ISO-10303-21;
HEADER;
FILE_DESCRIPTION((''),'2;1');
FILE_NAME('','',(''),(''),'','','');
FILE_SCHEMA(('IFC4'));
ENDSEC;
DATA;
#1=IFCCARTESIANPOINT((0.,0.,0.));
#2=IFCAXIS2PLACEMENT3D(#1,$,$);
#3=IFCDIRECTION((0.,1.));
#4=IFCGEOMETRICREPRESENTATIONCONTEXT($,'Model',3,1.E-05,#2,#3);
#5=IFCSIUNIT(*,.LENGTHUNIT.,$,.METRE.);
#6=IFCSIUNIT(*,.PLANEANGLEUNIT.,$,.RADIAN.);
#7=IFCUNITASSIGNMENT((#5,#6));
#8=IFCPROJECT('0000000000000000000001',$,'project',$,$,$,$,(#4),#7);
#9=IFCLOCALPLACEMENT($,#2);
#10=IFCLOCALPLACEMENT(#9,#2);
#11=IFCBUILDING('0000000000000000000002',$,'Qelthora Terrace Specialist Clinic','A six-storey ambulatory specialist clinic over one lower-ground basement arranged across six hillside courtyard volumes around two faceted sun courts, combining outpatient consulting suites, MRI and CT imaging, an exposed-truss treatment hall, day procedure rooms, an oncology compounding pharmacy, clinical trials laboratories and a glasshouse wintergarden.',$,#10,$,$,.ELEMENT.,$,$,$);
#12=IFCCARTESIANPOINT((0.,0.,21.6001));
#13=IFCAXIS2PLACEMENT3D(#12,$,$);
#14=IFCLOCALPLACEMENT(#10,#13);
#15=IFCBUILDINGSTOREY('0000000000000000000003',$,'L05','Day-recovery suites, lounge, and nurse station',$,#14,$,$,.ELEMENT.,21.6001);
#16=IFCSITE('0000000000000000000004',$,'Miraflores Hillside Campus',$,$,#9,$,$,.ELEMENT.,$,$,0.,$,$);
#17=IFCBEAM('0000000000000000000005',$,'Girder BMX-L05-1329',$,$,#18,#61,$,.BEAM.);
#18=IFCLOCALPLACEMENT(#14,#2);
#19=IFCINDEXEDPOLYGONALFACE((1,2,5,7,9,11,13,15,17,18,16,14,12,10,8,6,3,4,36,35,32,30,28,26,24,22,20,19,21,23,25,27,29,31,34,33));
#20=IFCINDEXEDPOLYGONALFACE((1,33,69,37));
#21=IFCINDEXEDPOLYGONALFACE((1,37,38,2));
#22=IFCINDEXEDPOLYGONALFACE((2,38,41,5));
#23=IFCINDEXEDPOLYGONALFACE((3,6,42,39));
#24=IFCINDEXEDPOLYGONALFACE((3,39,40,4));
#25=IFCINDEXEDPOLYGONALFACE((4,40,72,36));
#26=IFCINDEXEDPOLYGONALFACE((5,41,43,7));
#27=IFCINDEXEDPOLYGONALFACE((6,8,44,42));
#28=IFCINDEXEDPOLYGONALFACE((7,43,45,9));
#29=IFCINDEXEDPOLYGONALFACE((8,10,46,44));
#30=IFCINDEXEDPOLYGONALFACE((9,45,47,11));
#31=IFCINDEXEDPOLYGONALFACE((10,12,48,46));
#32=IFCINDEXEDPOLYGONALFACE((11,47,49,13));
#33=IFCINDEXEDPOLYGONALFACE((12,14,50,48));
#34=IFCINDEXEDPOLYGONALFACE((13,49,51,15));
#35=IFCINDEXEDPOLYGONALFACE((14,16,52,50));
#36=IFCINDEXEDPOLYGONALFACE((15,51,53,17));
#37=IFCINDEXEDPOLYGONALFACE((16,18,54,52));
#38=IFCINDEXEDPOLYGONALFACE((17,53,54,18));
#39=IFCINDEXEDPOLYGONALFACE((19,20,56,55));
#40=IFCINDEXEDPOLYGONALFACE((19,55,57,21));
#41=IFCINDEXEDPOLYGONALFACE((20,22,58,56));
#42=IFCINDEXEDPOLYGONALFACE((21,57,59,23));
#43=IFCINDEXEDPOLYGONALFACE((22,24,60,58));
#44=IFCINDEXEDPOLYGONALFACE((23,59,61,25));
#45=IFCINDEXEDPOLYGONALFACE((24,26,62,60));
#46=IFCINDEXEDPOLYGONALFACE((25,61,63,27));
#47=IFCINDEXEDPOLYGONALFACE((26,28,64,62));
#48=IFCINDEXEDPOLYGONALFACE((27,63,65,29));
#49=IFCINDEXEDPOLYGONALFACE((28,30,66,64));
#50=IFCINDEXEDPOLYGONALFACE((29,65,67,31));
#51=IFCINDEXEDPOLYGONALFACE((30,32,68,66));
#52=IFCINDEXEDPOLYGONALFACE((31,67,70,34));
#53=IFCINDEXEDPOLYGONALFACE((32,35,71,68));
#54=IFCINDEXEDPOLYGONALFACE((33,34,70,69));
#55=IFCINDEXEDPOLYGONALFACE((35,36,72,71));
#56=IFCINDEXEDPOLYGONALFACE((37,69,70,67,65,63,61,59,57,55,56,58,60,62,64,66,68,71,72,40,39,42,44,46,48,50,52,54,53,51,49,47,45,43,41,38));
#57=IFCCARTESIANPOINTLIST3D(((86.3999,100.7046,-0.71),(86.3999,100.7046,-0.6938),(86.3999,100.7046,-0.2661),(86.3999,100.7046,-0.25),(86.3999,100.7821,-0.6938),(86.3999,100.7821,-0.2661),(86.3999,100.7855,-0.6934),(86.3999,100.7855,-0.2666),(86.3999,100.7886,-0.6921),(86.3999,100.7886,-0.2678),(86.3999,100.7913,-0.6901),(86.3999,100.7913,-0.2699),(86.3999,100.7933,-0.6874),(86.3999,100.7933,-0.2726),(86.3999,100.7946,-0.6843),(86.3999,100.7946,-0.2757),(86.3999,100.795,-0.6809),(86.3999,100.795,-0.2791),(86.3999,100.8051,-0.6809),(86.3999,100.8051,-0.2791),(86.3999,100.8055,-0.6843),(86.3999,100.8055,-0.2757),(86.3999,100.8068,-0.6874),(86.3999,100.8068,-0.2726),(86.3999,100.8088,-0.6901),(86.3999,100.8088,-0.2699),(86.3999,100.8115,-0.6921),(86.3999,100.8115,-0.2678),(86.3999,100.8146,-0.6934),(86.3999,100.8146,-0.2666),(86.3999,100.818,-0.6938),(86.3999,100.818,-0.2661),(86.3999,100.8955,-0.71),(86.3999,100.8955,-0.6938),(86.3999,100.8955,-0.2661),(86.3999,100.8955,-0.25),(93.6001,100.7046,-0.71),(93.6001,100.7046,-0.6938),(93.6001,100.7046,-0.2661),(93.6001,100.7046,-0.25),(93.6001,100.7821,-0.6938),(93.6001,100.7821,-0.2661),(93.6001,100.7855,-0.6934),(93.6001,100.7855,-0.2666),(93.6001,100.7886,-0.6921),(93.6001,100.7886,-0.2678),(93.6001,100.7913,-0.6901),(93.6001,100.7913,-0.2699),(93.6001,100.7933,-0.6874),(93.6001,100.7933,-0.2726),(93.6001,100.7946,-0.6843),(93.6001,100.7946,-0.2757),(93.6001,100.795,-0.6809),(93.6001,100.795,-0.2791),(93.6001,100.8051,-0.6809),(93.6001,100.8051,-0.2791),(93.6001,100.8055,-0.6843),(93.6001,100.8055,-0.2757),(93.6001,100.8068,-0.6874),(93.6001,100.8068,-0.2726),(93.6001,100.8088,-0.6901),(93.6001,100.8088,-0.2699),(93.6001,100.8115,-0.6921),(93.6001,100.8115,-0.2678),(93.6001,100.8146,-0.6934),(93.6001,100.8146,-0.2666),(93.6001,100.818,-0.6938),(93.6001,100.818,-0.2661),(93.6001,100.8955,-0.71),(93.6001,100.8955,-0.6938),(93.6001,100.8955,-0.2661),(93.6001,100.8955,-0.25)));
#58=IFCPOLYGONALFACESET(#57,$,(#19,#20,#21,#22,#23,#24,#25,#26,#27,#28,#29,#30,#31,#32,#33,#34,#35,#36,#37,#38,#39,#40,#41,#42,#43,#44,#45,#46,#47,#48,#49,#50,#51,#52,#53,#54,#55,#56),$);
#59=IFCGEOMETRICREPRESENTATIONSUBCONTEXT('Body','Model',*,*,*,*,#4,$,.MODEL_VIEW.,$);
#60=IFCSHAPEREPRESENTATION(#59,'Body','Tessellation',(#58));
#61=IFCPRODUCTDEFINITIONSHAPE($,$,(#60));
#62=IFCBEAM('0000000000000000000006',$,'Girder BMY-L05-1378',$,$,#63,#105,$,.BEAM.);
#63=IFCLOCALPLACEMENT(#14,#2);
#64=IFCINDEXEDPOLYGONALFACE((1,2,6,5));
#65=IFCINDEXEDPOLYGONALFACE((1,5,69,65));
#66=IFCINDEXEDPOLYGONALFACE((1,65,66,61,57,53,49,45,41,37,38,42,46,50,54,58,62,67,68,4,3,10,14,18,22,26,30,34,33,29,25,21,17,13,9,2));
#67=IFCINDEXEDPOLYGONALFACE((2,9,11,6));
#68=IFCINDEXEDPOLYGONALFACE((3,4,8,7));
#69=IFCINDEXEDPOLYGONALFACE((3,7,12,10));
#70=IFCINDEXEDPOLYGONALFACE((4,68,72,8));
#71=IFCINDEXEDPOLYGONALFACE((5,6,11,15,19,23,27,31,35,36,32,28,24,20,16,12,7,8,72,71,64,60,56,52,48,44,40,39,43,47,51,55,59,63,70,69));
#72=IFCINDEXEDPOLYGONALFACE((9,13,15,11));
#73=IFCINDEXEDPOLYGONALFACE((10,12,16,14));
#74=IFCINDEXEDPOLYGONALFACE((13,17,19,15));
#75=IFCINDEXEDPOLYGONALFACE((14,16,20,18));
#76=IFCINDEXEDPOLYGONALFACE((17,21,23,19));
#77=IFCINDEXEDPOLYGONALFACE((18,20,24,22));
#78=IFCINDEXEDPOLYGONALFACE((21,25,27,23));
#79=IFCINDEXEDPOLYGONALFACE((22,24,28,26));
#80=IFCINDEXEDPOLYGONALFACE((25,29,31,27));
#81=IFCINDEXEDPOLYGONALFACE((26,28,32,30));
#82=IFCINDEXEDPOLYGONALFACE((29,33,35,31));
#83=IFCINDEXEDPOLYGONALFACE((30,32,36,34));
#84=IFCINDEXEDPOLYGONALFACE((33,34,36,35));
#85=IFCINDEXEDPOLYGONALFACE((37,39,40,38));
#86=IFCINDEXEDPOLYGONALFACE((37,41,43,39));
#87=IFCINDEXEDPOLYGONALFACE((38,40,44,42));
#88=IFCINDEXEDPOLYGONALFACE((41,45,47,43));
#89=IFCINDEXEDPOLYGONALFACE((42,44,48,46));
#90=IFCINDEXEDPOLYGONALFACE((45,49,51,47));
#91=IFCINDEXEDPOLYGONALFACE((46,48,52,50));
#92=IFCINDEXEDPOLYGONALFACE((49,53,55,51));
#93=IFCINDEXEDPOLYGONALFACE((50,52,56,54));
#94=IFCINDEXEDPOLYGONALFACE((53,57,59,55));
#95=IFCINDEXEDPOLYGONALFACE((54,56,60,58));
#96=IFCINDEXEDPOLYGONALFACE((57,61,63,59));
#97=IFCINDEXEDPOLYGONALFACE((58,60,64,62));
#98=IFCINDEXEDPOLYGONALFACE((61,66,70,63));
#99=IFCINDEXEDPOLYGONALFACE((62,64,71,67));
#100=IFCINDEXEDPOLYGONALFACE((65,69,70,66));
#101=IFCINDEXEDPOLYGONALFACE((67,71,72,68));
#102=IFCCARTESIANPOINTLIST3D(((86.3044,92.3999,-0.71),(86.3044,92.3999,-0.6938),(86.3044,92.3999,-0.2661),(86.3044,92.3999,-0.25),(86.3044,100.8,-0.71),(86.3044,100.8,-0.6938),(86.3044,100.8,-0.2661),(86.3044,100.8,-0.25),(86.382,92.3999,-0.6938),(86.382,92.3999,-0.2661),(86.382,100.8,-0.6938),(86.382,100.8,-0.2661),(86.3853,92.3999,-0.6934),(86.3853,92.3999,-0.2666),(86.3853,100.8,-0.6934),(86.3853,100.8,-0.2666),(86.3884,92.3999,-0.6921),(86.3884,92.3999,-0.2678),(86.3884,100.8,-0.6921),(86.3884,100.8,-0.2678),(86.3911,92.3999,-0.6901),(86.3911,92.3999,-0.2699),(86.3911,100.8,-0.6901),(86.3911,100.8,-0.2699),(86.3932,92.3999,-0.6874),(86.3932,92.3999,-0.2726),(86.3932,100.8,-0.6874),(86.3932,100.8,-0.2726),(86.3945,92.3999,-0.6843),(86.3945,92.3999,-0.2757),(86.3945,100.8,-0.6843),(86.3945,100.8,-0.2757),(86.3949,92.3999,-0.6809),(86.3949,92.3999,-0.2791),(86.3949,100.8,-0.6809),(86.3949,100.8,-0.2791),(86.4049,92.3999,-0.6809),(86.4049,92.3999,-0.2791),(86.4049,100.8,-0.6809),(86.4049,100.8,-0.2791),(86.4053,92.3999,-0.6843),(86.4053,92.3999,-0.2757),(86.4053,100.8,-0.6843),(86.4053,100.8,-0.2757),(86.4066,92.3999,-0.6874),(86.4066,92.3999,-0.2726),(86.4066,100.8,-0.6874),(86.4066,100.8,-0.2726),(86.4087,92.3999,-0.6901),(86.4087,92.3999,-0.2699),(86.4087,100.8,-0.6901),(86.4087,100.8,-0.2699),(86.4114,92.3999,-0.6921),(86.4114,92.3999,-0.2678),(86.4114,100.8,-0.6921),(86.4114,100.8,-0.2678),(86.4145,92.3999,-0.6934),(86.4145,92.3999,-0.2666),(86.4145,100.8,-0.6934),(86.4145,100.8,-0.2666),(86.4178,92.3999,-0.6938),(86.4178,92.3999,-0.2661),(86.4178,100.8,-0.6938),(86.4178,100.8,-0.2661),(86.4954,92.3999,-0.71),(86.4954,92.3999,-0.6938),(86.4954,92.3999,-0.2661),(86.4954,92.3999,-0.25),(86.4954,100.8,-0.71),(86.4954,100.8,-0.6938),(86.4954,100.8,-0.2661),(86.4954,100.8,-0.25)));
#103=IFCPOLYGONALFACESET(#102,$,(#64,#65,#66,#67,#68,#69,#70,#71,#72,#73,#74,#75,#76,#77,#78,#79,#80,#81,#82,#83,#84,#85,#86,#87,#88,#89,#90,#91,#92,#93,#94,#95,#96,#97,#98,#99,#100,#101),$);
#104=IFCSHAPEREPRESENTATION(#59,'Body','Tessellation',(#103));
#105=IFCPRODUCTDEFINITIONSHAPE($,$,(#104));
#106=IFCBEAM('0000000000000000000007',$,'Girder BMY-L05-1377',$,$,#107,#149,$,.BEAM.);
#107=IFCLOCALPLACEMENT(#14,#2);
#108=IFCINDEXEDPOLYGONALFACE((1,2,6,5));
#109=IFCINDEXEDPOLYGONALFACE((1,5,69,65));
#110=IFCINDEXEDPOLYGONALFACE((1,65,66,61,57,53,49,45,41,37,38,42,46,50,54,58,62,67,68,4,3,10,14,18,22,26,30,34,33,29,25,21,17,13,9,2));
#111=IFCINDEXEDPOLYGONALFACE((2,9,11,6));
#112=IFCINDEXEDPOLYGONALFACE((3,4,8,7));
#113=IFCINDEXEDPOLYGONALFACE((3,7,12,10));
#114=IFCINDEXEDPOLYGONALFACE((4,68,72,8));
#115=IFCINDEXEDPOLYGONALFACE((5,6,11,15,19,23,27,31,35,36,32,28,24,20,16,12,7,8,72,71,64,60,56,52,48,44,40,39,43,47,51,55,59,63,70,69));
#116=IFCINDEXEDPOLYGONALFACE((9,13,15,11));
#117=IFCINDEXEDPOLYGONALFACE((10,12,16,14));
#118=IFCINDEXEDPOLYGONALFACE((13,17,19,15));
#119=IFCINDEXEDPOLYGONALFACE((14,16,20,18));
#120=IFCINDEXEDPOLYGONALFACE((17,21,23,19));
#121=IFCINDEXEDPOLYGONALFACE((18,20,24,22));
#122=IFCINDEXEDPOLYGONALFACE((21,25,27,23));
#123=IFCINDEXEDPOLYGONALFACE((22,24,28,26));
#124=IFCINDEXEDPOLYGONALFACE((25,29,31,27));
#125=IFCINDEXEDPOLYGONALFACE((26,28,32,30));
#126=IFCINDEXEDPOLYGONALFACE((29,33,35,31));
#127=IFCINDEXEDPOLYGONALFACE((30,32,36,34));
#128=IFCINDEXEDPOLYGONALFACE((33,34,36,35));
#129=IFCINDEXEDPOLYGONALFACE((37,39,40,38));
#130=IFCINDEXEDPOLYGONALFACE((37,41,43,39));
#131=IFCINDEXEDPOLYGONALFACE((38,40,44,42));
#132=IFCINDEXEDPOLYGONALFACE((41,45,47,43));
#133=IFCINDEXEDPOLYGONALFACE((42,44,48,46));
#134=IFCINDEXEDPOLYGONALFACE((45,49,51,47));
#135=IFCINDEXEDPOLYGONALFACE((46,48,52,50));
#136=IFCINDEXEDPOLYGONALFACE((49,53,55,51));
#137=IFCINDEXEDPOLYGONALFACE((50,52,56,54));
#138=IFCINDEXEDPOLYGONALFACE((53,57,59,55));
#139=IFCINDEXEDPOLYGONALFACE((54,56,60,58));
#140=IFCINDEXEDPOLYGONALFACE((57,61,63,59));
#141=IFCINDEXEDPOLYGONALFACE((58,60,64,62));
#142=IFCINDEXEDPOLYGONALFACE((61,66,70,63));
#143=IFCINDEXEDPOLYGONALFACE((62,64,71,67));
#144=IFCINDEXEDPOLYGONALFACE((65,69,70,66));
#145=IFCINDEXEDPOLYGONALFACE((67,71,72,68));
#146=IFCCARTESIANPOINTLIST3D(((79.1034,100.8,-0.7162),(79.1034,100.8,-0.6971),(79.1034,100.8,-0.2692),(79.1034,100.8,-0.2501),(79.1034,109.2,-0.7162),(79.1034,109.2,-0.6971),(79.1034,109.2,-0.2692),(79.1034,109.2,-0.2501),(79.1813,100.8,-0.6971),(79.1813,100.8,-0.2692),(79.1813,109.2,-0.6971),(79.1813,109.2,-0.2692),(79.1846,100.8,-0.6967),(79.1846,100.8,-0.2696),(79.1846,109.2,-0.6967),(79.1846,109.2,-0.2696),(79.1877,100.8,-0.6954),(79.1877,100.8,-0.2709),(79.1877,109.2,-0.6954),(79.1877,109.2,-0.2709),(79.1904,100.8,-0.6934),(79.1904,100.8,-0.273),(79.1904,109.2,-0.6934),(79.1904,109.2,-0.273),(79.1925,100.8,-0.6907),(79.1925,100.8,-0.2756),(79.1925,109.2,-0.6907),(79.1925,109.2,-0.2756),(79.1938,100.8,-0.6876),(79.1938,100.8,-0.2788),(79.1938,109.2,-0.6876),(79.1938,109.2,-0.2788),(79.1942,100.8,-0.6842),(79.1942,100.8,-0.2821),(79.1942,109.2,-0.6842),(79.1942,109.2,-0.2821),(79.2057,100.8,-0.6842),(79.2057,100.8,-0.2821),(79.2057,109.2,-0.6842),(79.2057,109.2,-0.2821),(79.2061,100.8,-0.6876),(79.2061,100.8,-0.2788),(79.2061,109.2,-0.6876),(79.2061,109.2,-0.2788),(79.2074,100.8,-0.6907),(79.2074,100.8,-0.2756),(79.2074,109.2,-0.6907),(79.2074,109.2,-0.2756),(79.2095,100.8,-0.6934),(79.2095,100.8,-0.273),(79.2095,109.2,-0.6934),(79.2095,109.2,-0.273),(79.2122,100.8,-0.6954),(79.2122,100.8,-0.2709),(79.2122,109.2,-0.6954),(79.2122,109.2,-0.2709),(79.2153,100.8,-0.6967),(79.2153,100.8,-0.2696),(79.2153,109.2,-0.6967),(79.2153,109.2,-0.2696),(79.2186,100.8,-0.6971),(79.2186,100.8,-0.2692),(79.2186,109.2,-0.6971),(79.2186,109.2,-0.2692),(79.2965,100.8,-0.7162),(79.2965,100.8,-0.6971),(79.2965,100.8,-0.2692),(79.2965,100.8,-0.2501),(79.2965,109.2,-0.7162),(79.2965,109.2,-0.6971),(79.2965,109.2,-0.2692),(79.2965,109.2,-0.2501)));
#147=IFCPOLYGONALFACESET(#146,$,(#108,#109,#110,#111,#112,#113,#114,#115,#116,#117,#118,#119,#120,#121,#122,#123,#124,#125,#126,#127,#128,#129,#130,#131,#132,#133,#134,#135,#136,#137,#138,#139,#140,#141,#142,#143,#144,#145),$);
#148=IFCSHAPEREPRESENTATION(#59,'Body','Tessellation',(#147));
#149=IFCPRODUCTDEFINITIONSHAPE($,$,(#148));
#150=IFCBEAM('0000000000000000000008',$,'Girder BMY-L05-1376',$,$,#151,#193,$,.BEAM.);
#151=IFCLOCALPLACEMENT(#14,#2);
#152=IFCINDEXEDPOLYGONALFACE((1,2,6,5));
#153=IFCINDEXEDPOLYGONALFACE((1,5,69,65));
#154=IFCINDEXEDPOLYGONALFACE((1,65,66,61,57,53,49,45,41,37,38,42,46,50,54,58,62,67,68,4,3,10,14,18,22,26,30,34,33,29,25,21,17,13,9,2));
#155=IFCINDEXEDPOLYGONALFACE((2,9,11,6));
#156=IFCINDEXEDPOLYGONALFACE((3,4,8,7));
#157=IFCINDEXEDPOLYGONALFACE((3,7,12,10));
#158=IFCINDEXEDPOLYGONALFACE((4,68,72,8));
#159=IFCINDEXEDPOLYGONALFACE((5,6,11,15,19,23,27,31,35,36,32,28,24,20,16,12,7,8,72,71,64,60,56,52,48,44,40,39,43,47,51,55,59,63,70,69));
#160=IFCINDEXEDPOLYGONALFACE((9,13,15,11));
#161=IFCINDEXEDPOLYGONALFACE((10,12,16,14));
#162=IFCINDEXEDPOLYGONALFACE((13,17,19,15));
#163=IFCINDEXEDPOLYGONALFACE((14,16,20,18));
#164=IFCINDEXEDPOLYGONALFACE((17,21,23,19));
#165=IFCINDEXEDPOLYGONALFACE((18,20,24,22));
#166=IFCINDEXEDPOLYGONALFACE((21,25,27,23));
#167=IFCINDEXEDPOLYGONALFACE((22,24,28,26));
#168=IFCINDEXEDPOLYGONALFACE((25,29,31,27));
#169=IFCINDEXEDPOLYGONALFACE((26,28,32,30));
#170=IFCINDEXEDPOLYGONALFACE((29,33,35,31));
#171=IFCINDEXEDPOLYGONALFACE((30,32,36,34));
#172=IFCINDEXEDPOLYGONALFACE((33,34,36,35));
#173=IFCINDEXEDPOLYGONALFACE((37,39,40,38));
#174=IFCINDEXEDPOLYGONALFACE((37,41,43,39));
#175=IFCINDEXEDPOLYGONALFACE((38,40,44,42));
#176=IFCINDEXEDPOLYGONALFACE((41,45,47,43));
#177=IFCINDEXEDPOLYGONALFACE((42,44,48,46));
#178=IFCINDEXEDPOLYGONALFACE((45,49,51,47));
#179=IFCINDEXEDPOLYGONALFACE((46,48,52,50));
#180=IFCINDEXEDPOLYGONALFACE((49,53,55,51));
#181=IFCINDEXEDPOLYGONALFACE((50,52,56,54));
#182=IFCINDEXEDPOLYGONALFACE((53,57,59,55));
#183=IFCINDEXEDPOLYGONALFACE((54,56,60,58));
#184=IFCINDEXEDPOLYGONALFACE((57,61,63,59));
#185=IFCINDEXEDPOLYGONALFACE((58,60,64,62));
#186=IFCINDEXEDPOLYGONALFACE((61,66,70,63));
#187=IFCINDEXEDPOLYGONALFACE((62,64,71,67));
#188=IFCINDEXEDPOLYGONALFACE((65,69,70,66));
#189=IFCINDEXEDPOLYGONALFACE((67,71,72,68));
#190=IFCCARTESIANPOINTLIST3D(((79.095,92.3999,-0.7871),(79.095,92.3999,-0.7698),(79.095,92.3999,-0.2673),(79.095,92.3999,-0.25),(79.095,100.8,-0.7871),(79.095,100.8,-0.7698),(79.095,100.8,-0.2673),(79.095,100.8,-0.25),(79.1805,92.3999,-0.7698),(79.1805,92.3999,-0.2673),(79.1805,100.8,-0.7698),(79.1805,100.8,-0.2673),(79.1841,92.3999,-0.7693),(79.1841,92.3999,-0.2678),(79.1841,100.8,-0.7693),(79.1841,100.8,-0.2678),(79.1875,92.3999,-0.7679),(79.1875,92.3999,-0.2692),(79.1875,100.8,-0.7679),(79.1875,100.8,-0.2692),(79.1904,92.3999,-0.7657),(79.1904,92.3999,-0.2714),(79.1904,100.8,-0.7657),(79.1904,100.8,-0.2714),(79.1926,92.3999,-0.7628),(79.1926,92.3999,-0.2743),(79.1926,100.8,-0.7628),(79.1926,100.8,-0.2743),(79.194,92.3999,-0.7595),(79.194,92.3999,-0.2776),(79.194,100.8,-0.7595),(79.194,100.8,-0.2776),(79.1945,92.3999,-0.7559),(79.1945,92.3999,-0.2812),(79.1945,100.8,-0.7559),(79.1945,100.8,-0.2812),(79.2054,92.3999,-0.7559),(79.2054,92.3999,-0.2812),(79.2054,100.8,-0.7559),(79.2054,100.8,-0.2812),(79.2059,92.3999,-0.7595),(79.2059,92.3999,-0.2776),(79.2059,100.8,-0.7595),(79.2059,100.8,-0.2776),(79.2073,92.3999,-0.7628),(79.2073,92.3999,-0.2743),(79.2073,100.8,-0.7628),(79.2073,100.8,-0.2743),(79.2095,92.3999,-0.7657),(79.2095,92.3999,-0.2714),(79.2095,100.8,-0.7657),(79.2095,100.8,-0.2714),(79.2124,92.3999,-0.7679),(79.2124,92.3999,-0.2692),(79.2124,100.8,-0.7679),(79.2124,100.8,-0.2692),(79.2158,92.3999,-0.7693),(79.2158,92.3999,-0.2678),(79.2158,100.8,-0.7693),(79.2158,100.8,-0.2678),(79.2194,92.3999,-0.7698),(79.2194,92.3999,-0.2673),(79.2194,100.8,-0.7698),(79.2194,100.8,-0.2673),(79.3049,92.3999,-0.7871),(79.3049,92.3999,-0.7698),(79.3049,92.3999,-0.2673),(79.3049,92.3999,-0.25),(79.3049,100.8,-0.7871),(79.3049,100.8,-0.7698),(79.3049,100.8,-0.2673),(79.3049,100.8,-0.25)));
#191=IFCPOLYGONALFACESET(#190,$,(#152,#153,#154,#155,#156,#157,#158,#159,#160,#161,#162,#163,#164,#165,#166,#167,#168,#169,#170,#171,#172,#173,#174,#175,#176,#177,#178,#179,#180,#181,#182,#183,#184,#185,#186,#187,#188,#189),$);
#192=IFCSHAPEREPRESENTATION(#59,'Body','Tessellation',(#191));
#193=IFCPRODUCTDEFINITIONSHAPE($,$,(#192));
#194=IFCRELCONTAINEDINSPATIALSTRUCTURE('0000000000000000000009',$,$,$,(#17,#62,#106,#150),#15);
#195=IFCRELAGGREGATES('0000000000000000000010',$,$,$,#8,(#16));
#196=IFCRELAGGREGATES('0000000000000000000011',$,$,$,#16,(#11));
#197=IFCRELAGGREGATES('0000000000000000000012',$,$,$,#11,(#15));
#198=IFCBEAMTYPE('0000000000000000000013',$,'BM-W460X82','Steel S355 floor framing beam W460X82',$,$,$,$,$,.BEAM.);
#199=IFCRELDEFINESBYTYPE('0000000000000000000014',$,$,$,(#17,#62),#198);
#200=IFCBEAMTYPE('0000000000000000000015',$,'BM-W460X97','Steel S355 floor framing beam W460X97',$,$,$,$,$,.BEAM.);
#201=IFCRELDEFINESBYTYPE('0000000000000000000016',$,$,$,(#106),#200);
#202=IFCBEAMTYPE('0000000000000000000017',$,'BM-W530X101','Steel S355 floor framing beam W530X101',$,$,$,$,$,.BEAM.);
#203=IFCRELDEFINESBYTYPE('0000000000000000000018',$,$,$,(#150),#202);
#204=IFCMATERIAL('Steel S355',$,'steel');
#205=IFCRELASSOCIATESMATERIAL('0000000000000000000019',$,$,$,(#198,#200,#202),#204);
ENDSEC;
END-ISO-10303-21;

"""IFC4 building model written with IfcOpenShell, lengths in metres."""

from ifc_helpers import new_model, si_unit, direction, frame, origin, origin_2d, place, context, subcontext, project, spatial, i_section, extrude, material, material_profile, profile_set, type_object, element, save


model = new_model("IFC4")

# Units and contexts
model_context = context("Model", 3, precision=1e-05, world=origin(), true_north=direction((0.0, 1.0)))
body_context = subcontext(model_context, "Body", "Model", "MODEL_VIEW")
ifc_project = project(units=[si_unit("LENGTHUNIT", "METRE"), si_unit("PLANEANGLEUNIT", "RADIAN")], contexts=[model_context])

# Site, building, storey
site_placement = place(None, origin())
site = spatial("IfcSite", under=ifc_project, at=site_placement, Name="Miraflores Hillside Campus", CompositionType="ELEMENT", RefElevation=0.0)
building_placement = place(site_placement, origin())
building = spatial("IfcBuilding", under=site, at=building_placement, Name="Qelthora Terrace Specialist Clinic", Description="A six-storey ambulatory specialist clinic over one lower-ground basement arranged across six hillside courtyard volumes around two faceted sun courts, combining outpatient consulting suites, MRI and CT imaging, an exposed-truss treatment hall, day procedure rooms, an oncology compounding pharmacy, clinical trials laboratories and a glasshouse wintergarden.", CompositionType="ELEMENT")
storey_placement = place(building_placement, frame((0.0, 0.0, 21.6001)))
storey = spatial("IfcBuildingStorey", under=building, at=storey_placement, Name="L05", Description="Day-recovery suites, lounge, and nurse station", CompositionType="ELEMENT", Elevation=21.6001)

# Beams
ifc_material_1 = material(Name="Steel S355", Category="steel")
ifc_material_profile_1 = material_profile(ifc_material_1, i_section(OverallWidth=0.1909, OverallDepth=0.46, WebThickness=0.01, FlangeThickness=0.0161, FilletRadius=0.0129, at=origin_2d()), Name="W460X82")
ifc_profile_set_1 = profile_set([ifc_material_profile_1], Name="Steel S355")
beam_type_1 = type_object("IfcBeamType", Name="BM-W460X82", Description="Steel S355 floor framing beam W460X82", PredefinedType="BEAM", material=ifc_profile_set_1)
beam_1_placement = place(storey_placement, frame((86.3999, 100.8, -0.48), z_axis=(1.0, 0.0, 0.0), x_axis=(0.0, 1.0, 0.0)))
element("IfcBeam", 1, at=beam_1_placement, inside=storey, type_object=beam_type_1, Name="Girder BMX-L05-1329", PredefinedType="BEAM", context=body_context, shape_type="SweptSolid", body=[
    extrude(i_section(OverallWidth=0.1909, OverallDepth=0.46, WebThickness=0.01, FlangeThickness=0.0161, FilletRadius=0.0129, at=origin_2d()), origin(), (0.0, 0.0, 1.0), 7.2002),
])
beam_2_placement = place(storey_placement, frame((86.3999, 92.3999, -0.48), z_axis=(0.0, 1.0, 0.0), x_axis=(-1.0, 0.0, 0.0)))
element("IfcBeam", 2, at=beam_2_placement, inside=storey, type_object=beam_type_1, Name="Girder BMY-L05-1378", PredefinedType="BEAM", context=body_context, shape_type="SweptSolid", body=[
    extrude(i_section(OverallWidth=0.1909, OverallDepth=0.46, WebThickness=0.01, FlangeThickness=0.0161, FilletRadius=0.0129, at=origin_2d()), origin(), (0.0, 0.0, 1.0), 8.4001),
])
ifc_material_profile_2 = material_profile(ifc_material_1, i_section(OverallWidth=0.1931, OverallDepth=0.4661, WebThickness=0.0115, FlangeThickness=0.019, FilletRadius=0.0129, at=origin_2d()), Name="W460X97")
ifc_profile_set_2 = profile_set([ifc_material_profile_2], Name="Steel S355")
beam_type_2 = type_object("IfcBeamType", Name="BM-W460X97", Description="Steel S355 floor framing beam W460X97", PredefinedType="BEAM", material=ifc_profile_set_2)
beam_3_placement = place(storey_placement, frame((79.2, 100.8, -0.4832), z_axis=(0.0, 1.0, 0.0), x_axis=(-1.0, 0.0, 0.0)))
element("IfcBeam", 3, at=beam_3_placement, inside=storey, type_object=beam_type_2, Name="Girder BMY-L05-1377", PredefinedType="BEAM", context=body_context, shape_type="SweptSolid", body=[
    extrude(i_section(OverallWidth=0.1931, OverallDepth=0.4661, WebThickness=0.0115, FlangeThickness=0.019, FilletRadius=0.0129, at=origin_2d()), origin(), (0.0, 0.0, 1.0), 8.3999),
])
ifc_material_profile_3 = material_profile(ifc_material_1, i_section(OverallWidth=0.21, OverallDepth=0.5371, WebThickness=0.011, FlangeThickness=0.0173, FilletRadius=0.0139, at=origin_2d()), Name="W530X101")
ifc_profile_set_3 = profile_set([ifc_material_profile_3], Name="Steel S355")
beam_type_3 = type_object("IfcBeamType", Name="BM-W530X101", Description="Steel S355 floor framing beam W530X101", PredefinedType="BEAM", material=ifc_profile_set_3)
beam_4_placement = place(storey_placement, frame((79.2, 92.3999, -0.5186), z_axis=(0.0, 1.0, 0.0), x_axis=(-1.0, 0.0, 0.0)))
element("IfcBeam", 4, at=beam_4_placement, inside=storey, type_object=beam_type_3, Name="Girder BMY-L05-1376", PredefinedType="BEAM", context=body_context, shape_type="SweptSolid", body=[
    extrude(i_section(OverallWidth=0.21, OverallDepth=0.5371, WebThickness=0.011, FlangeThickness=0.0173, FilletRadius=0.0139, at=origin_2d()), origin(), (0.0, 0.0, 1.0), 8.4001),
])

save(model, "model.ifc")
